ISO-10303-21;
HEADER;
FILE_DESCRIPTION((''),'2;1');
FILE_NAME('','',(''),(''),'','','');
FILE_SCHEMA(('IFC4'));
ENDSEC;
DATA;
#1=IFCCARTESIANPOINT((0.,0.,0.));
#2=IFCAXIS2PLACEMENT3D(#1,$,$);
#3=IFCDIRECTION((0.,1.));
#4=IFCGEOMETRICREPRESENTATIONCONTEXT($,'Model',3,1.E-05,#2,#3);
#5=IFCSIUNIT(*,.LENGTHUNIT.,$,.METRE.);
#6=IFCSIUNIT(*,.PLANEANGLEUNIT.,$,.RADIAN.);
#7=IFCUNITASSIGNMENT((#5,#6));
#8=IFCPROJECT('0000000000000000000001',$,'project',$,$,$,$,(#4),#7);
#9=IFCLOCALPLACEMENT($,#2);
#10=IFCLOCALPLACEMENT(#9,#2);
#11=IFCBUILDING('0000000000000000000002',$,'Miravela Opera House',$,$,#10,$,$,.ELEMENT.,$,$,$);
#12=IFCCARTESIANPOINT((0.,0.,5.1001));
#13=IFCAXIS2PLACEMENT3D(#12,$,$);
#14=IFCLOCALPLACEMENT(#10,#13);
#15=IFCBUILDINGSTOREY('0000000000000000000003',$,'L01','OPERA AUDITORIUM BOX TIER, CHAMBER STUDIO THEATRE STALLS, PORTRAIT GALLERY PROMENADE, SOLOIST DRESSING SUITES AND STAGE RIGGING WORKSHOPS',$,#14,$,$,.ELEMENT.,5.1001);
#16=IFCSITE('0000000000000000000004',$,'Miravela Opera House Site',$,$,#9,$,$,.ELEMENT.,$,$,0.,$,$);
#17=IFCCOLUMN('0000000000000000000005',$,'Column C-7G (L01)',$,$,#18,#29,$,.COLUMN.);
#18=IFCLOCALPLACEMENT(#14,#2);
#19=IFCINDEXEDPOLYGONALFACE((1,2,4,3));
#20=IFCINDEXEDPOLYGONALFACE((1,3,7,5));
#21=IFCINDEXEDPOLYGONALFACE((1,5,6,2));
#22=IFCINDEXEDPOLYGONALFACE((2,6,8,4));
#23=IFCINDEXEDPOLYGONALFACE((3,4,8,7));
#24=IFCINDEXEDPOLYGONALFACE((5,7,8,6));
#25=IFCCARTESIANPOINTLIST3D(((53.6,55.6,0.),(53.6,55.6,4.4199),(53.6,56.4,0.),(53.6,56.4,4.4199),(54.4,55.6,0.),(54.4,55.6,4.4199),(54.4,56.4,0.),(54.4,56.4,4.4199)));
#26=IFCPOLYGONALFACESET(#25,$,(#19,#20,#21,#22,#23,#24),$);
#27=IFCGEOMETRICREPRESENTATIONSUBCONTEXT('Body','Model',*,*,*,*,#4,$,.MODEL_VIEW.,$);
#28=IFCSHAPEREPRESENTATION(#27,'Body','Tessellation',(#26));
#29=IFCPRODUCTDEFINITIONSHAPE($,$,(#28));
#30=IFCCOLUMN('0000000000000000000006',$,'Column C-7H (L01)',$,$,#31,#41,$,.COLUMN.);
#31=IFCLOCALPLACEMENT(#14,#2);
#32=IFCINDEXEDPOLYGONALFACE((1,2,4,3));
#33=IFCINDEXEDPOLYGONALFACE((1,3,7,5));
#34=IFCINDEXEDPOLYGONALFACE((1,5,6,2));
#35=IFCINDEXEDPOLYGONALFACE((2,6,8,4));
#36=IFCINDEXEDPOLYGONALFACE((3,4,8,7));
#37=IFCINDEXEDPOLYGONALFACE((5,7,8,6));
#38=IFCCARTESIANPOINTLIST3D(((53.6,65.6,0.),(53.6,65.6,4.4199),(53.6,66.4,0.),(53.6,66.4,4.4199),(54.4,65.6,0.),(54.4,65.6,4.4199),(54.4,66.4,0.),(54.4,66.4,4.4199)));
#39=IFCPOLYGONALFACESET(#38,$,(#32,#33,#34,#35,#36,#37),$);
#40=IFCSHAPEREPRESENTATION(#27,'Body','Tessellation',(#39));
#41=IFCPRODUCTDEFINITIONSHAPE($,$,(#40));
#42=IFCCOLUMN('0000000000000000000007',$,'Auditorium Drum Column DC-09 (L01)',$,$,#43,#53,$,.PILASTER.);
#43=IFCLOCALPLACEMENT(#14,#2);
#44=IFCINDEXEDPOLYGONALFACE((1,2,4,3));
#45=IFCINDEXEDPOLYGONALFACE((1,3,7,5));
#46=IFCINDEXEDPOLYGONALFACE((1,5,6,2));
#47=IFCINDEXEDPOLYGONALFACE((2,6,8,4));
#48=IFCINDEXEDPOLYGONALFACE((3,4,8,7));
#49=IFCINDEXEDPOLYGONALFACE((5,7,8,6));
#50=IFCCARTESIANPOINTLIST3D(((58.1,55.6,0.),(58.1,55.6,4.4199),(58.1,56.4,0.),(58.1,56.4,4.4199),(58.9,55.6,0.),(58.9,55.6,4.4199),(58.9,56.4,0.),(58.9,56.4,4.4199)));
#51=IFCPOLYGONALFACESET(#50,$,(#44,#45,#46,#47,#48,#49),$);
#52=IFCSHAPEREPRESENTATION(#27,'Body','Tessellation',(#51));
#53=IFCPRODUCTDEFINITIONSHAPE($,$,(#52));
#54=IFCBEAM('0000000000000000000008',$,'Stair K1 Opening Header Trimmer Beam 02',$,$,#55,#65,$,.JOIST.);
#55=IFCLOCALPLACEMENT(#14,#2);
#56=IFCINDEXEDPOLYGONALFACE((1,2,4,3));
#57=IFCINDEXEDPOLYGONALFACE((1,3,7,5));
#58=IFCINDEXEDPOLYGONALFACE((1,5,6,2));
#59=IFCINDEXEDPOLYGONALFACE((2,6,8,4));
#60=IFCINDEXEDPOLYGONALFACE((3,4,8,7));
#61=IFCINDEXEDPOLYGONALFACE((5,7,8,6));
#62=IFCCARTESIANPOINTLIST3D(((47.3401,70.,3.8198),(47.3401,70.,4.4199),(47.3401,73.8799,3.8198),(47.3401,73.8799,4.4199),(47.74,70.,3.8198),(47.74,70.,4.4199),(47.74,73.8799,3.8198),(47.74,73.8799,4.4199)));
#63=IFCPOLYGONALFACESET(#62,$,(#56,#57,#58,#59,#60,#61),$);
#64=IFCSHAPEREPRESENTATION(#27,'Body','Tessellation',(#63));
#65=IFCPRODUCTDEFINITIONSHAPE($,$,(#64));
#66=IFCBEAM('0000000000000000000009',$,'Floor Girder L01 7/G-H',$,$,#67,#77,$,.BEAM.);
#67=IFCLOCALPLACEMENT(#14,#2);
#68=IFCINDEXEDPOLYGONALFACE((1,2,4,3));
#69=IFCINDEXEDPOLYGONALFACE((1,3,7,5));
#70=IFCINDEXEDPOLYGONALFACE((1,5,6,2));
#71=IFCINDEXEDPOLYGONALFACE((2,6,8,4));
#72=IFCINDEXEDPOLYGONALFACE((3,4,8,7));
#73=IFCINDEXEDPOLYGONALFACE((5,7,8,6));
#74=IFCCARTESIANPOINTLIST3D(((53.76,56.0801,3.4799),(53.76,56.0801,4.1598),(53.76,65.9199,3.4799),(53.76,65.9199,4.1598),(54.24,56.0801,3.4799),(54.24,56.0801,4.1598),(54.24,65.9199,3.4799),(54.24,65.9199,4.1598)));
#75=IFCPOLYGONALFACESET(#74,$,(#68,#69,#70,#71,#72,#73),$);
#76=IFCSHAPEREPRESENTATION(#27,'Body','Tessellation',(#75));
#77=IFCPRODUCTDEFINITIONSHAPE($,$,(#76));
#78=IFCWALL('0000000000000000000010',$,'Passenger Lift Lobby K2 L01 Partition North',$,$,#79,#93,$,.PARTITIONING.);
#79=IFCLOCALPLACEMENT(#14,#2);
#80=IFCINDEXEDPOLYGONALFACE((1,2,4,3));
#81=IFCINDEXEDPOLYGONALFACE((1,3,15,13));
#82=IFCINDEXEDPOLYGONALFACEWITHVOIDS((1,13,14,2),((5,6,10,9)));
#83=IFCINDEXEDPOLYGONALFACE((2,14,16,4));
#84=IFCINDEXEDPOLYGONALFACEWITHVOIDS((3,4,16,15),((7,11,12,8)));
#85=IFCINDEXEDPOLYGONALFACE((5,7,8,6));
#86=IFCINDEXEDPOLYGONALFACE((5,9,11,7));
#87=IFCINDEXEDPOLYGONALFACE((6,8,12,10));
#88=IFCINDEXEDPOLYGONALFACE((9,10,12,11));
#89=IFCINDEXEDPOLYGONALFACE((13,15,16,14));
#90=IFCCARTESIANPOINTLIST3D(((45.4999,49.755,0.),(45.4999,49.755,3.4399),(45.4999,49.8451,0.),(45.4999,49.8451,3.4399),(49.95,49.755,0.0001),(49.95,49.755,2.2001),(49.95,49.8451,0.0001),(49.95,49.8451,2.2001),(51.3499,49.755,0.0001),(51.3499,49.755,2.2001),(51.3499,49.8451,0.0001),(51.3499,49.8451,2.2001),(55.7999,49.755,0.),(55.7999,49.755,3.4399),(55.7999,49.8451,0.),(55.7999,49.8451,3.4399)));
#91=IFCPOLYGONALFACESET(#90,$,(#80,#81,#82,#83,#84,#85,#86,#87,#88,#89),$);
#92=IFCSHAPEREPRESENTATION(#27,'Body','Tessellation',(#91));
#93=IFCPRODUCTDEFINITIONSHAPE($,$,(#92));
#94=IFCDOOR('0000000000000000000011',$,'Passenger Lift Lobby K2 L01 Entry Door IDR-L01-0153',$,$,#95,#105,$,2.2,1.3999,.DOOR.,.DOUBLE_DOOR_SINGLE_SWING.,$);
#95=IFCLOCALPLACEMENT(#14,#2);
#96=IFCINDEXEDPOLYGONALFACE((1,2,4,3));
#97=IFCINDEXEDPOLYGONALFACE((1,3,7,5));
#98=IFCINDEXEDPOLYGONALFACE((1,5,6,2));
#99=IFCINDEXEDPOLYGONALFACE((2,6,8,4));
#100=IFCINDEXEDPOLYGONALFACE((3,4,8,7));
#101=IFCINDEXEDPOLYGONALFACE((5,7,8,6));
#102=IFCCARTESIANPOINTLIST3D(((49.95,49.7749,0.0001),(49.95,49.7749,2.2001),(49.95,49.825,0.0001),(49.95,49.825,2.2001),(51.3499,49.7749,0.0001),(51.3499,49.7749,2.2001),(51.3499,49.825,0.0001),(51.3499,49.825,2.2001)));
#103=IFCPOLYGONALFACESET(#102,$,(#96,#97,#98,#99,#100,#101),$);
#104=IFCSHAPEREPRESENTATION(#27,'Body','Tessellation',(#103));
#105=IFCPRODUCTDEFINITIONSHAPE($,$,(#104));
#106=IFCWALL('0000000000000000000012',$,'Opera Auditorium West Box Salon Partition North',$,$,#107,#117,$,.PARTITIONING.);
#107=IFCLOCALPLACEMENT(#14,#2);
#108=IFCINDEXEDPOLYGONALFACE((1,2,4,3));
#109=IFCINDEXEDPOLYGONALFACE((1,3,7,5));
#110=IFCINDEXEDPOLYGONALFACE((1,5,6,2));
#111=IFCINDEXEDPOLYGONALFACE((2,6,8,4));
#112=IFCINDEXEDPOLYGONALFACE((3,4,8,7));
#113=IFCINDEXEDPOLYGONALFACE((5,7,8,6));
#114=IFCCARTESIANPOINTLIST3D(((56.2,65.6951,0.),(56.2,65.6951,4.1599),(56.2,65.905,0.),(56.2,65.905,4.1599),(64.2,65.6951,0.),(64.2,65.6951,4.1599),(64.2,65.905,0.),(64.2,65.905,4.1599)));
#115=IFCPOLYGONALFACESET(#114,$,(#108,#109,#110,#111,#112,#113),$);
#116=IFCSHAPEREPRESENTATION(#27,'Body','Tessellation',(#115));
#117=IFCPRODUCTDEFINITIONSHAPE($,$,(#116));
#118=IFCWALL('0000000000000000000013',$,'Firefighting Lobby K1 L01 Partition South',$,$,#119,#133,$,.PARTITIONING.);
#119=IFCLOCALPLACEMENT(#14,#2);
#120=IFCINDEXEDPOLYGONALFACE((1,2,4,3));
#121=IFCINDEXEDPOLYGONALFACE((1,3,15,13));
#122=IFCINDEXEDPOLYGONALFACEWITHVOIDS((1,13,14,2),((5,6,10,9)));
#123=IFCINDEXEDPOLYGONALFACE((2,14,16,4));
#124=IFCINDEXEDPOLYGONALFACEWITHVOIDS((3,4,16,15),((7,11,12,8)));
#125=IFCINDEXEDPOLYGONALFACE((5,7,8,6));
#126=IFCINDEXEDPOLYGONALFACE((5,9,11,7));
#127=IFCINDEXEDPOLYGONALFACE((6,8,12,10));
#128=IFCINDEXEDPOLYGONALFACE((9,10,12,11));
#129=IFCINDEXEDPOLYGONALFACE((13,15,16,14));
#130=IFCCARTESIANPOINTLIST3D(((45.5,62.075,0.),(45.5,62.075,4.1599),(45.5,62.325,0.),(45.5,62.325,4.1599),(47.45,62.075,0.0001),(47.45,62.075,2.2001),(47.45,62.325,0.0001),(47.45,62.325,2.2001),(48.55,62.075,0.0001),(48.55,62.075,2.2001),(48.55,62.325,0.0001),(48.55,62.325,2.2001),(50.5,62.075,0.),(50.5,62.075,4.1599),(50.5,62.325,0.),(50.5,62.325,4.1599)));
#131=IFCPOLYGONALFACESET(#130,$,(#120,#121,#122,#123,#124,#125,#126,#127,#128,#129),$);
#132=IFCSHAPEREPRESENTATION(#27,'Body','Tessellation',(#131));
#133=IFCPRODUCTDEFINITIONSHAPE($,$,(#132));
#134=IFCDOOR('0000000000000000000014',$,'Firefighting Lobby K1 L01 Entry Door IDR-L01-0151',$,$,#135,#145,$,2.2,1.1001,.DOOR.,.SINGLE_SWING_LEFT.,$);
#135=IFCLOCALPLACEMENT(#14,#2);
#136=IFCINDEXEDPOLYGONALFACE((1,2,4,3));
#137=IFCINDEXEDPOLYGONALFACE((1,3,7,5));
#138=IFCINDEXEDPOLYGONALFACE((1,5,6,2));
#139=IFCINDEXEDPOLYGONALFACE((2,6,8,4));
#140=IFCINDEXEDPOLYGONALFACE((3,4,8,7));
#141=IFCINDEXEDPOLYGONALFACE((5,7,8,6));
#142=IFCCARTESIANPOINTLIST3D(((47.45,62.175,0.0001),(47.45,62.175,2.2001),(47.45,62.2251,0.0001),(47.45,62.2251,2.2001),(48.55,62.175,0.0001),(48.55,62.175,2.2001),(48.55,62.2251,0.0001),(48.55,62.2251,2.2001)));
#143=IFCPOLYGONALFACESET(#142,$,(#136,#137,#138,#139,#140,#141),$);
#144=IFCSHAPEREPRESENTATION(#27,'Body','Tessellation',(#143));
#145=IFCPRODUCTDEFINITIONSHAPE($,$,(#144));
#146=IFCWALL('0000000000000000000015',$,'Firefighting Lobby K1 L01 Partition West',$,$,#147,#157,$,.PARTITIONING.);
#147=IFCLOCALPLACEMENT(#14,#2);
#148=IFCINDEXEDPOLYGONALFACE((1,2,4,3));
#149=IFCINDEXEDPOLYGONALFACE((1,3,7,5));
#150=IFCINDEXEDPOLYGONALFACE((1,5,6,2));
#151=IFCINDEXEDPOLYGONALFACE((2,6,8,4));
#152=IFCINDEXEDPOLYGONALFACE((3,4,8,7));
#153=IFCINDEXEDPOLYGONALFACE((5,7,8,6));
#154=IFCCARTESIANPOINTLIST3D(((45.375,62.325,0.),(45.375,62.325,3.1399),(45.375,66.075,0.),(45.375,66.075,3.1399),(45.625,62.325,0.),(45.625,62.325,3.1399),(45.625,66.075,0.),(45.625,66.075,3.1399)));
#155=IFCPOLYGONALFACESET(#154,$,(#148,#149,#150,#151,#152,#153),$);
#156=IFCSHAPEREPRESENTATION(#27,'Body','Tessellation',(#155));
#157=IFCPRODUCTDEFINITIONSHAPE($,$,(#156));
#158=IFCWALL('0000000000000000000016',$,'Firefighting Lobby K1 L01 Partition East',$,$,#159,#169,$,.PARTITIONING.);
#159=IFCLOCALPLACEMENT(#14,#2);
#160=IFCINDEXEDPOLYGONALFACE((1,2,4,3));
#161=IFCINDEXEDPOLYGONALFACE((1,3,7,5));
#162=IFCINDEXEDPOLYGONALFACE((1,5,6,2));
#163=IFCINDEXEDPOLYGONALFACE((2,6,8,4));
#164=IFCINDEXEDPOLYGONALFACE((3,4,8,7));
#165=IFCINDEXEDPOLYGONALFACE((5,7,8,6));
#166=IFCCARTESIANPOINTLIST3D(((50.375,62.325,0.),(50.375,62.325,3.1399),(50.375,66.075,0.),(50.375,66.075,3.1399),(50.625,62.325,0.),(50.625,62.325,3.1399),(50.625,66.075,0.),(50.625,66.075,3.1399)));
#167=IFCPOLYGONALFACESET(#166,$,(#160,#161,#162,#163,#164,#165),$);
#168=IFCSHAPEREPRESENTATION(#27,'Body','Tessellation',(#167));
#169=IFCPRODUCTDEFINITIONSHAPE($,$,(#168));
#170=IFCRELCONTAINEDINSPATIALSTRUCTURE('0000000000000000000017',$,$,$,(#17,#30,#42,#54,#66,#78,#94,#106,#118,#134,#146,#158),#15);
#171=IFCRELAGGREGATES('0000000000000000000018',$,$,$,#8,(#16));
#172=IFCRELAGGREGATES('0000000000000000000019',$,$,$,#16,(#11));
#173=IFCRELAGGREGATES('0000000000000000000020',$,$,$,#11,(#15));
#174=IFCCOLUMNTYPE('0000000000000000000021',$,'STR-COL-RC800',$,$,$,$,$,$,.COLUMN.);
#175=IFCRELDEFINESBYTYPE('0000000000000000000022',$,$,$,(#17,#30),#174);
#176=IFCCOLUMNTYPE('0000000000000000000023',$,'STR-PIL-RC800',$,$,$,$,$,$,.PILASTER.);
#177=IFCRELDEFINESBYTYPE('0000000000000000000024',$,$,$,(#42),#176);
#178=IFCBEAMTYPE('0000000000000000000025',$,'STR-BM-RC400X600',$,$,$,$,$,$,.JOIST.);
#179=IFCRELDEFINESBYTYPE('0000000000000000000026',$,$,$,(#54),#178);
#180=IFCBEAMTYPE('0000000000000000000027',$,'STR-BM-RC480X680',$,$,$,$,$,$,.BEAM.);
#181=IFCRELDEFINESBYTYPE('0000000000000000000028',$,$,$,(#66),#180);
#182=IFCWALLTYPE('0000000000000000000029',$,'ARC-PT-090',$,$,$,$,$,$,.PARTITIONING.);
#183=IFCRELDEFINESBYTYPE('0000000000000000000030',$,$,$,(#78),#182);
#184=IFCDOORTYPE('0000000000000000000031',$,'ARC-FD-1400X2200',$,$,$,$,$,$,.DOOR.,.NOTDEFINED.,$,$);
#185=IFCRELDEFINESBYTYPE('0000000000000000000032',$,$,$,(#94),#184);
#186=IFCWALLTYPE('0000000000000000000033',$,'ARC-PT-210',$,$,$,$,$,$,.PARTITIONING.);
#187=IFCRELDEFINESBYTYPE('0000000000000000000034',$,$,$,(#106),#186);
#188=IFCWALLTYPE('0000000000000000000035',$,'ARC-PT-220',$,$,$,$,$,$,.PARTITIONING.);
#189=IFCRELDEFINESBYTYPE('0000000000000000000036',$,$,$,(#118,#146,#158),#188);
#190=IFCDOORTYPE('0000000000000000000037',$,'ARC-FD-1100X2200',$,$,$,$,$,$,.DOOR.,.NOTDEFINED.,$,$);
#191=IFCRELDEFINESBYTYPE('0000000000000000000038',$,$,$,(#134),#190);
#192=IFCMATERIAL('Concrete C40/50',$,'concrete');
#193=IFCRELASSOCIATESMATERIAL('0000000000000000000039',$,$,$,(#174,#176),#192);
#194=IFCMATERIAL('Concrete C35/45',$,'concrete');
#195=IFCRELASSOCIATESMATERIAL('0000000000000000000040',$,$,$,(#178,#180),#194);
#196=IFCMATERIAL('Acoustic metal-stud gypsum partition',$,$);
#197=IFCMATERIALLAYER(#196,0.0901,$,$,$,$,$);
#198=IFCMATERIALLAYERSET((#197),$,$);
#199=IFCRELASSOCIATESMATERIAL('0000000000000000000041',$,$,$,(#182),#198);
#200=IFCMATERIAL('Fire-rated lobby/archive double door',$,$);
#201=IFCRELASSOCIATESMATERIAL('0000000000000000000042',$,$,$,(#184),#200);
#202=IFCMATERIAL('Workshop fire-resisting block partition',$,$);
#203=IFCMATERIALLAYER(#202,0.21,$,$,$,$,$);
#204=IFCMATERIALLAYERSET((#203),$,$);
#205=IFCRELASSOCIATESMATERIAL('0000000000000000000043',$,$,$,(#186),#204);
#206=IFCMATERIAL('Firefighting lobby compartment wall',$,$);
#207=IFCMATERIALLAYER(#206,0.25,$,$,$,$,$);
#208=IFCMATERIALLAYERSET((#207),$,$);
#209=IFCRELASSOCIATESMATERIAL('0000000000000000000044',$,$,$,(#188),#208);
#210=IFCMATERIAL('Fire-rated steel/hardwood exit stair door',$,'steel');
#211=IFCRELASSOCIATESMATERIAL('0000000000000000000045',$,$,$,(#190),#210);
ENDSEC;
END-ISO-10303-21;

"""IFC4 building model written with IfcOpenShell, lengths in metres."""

from ifc_helpers import new_model, si_unit, direction, frame, frame_2d, origin, origin_2d, place, context, subcontext, project, spatial, rectangle, extrude, material, layer, layer_set, material_profile, profile_set, type_object, element, fill, save


model = new_model("IFC4")

# Units and contexts
model_context = context("Model", 3, precision=1e-05, world=origin(), true_north=direction((0.0, 1.0)))
body_context = subcontext(model_context, "Body", "Model", "MODEL_VIEW")
ifc_project = project(units=[si_unit("LENGTHUNIT", "METRE"), si_unit("PLANEANGLEUNIT", "RADIAN")], contexts=[model_context])

# Site, building, storey
site_placement = place(None, origin())
site = spatial("IfcSite", under=ifc_project, at=site_placement, Name="Miravela Opera House Site", CompositionType="ELEMENT", RefElevation=0.0)
building_placement = place(site_placement, origin())
building = spatial("IfcBuilding", under=site, at=building_placement, Name="Miravela Opera House", CompositionType="ELEMENT")
storey_placement = place(building_placement, frame((0.0, 0.0, 5.1001)))
storey = spatial("IfcBuildingStorey", under=building, at=storey_placement, Name="L01", Description="OPERA AUDITORIUM BOX TIER, CHAMBER STUDIO THEATRE STALLS, PORTRAIT GALLERY PROMENADE, SOLOIST DRESSING SUITES AND STAGE RIGGING WORKSHOPS", CompositionType="ELEMENT", Elevation=5.1001)

# Columns
ifc_material_1 = material(Name="Concrete C40/50", Category="concrete")
ifc_material_profile_1 = material_profile(ifc_material_1, rectangle(XDim=0.8, YDim=0.8, at=origin_2d()), Name="RC-COL-800X800")
ifc_profile_set_1 = profile_set([ifc_material_profile_1])
column_type_1 = type_object("IfcColumnType", Name="STR-COL-RC800", PredefinedType="COLUMN", material=ifc_profile_set_1)
for number, where, z_axis, x_axis, name in (
    (1, (54.0, 56.0, 0.0), (0.0, 0.0, 1.0), (1.0, 0.0, 0.0), "Column C-7G (L01)"),
    (2, (54.0, 66.0, 0.0), (0.0, 0.0, 1.0), (1.0, 0.0, 0.0), "Column C-7H (L01)"),
):
    element("IfcColumn", number, at=place(storey_placement, frame(where, z_axis=z_axis, x_axis=x_axis)), inside=storey, type_object=column_type_1, Name=name, PredefinedType="COLUMN", context=body_context, shape_type="SweptSolid", body=[
        extrude(rectangle(XDim=0.8, YDim=0.8, at=origin_2d()), origin(), (0.0, 0.0, 1.0), 4.4199),
    ])
ifc_material_profile_2 = material_profile(ifc_material_1, rectangle(XDim=0.8, YDim=0.8, at=origin_2d()), Name="RC-COL-800X800")
ifc_profile_set_2 = profile_set([ifc_material_profile_2])
column_type_2 = type_object("IfcColumnType", Name="STR-PIL-RC800", PredefinedType="PILASTER", material=ifc_profile_set_2)
column_placement = place(storey_placement, frame((58.5, 56.0, 0.0), z_axis=(0.0, 0.0, 1.0), x_axis=(-1.0, 0.0, 0.0)))
element("IfcColumn", 3, at=column_placement, inside=storey, type_object=column_type_2, Name="Auditorium Drum Column DC-09 (L01)", PredefinedType="PILASTER", context=body_context, shape_type="SweptSolid", body=[
    extrude(rectangle(XDim=0.8, YDim=0.8, at=origin_2d()), origin(), (0.0, 0.0, 1.0), 4.4199),
])

# Beams
ifc_material_2 = material(Name="Concrete C35/45", Category="concrete")
ifc_material_profile_3 = material_profile(ifc_material_2, rectangle(XDim=0.3999, YDim=0.6001, at=origin_2d()), Name="RC-BM-400X600")
ifc_profile_set_3 = profile_set([ifc_material_profile_3])
beam_type_1 = type_object("IfcBeamType", Name="STR-BM-RC400X600", PredefinedType="JOIST", material=ifc_profile_set_3)
beam_1_placement = place(storey_placement, frame((47.54, 70.0, 4.1199), z_axis=(0.0, 1.0, 0.0), x_axis=(-1.0, 0.0, 0.0)))
element("IfcBeam", 4, at=beam_1_placement, inside=storey, type_object=beam_type_1, Name="Stair K1 Opening Header Trimmer Beam 02", PredefinedType="JOIST", context=body_context, shape_type="SweptSolid", body=[
    extrude(rectangle(XDim=0.3999, YDim=0.6001, at=origin_2d()), origin(), (0.0, 0.0, 1.0), 3.8799),
])
ifc_material_profile_4 = material_profile(ifc_material_2, rectangle(XDim=0.48, YDim=0.6799, at=origin_2d()), Name="RC-BM-480X680")
ifc_profile_set_4 = profile_set([ifc_material_profile_4])
beam_type_2 = type_object("IfcBeamType", Name="STR-BM-RC480X680", PredefinedType="BEAM", material=ifc_profile_set_4)
beam_2_placement = place(storey_placement, frame((54.0, 56.0801, 3.8198), z_axis=(0.0, 1.0, 0.0), x_axis=(-1.0, 0.0, 0.0)))
element("IfcBeam", 5, at=beam_2_placement, inside=storey, type_object=beam_type_2, Name="Floor Girder L01 7/G-H", PredefinedType="BEAM", context=body_context, shape_type="SweptSolid", body=[
    extrude(rectangle(XDim=0.48, YDim=0.6799, at=origin_2d()), origin(), (0.0, 0.0, 1.0), 9.8398),
])

# Wall, opening, door
ifc_material_3 = material(Name="Acoustic metal-stud gypsum partition")
ifc_layer_1 = layer(ifc_material_3, 0.0901)
ifc_layer_set_1 = layer_set([ifc_layer_1])
wall_type_1 = type_object("IfcWallType", Name="ARC-PT-090", PredefinedType="PARTITIONING", material=ifc_layer_set_1)
wall_1_placement = place(storey_placement, frame((45.5, 49.8, 0.0), z_axis=(0.0, 0.0, 1.0), x_axis=(1.0, 0.0, 0.0)))
wall_1 = element("IfcWall", 6, at=wall_1_placement, inside=storey, type_object=wall_type_1, Name="Passenger Lift Lobby K2 L01 Partition North", PredefinedType="PARTITIONING", context=body_context, shape_type="SweptSolid", body=[
    extrude(rectangle(XDim=10.3, YDim=0.0901, at=frame_2d((5.1499, 0.0))), origin(), (0.0, 0.0, 1.0), 3.4399),
])
opening_1_placement = place(wall_1_placement, frame((4.45, 0.0, 0.0)))
opening_1 = element("IfcOpeningElement", 7, at=opening_1_placement, cuts=wall_1, PredefinedType="OPENING", context=body_context, shape_type="SweptSolid", body=[
    extrude(rectangle(XDim=1.3999, YDim=2.2, at=frame_2d((0.7, 1.1001))), frame((0.0, 0.0549, 0.0), z_axis=(0.0, -1.0, 0.0), x_axis=(1.0, 0.0, 0.0)), (0.0, 0.0, 1.0), 0.1101),
])
ifc_material_4 = material(Name="Fire-rated lobby/archive double door")
door_type_1 = type_object("IfcDoorType", Name="ARC-FD-1400X2200", OperationType="NOTDEFINED", PredefinedType="DOOR", material=ifc_material_4)
door_1_placement = place(opening_1_placement, origin())
door_1 = element("IfcDoor", 8, at=door_1_placement, inside=storey, type_object=door_type_1, Name="Passenger Lift Lobby K2 L01 Entry Door IDR-L01-0153", OperationType="DOUBLE_DOOR_SINGLE_SWING", OverallHeight=2.2, OverallWidth=1.3999, PredefinedType="DOOR", context=body_context, shape_type="SweptSolid", body=[
    extrude(rectangle(XDim=1.3999, YDim=2.2, at=frame_2d((0.7, 1.1001))), frame((0.0, 0.0249, 0.0), z_axis=(0.0, -1.0, 0.0), x_axis=(1.0, 0.0, 0.0)), (0.0, 0.0, 1.0), 0.05),
])
fill(opening_1, door_1)

# Wall
ifc_material_5 = material(Name="Workshop fire-resisting block partition")
ifc_layer_2 = layer(ifc_material_5, 0.21)
ifc_layer_set_2 = layer_set([ifc_layer_2])
wall_type_2 = type_object("IfcWallType", Name="ARC-PT-210", PredefinedType="PARTITIONING", material=ifc_layer_set_2)
wall_2_placement = place(storey_placement, frame((56.2, 65.8, 0.0), z_axis=(0.0, 0.0, 1.0), x_axis=(1.0, 0.0, 0.0)))
element("IfcWall", 9, at=wall_2_placement, inside=storey, type_object=wall_type_2, Name="Opera Auditorium West Box Salon Partition North", PredefinedType="PARTITIONING", context=body_context, shape_type="SweptSolid", body=[
    extrude(rectangle(XDim=8.0, YDim=0.21, at=frame_2d((4.0, 0.0))), origin(), (0.0, 0.0, 1.0), 4.1599),
])

# Wall, opening, door
ifc_material_6 = material(Name="Firefighting lobby compartment wall")
ifc_layer_3 = layer(ifc_material_6, 0.25)
ifc_layer_set_3 = layer_set([ifc_layer_3])
wall_type_3 = type_object("IfcWallType", Name="ARC-PT-220", PredefinedType="PARTITIONING", material=ifc_layer_set_3)
wall_3_placement = place(storey_placement, frame((45.5, 62.2, 0.0), z_axis=(0.0, 0.0, 1.0), x_axis=(1.0, 0.0, 0.0)))
wall_3 = element("IfcWall", 10, at=wall_3_placement, inside=storey, type_object=wall_type_3, Name="Firefighting Lobby K1 L01 Partition South", PredefinedType="PARTITIONING", context=body_context, shape_type="SweptSolid", body=[
    extrude(rectangle(XDim=5.0, YDim=0.25, at=frame_2d((2.5, 0.0))), origin(), (0.0, 0.0, 1.0), 4.1599),
])
opening_2_placement = place(wall_3_placement, frame((1.95, 0.0, 0.0)))
opening_2 = element("IfcOpeningElement", 11, at=opening_2_placement, cuts=wall_3, PredefinedType="OPENING", context=body_context, shape_type="SweptSolid", body=[
    extrude(rectangle(XDim=1.1001, YDim=2.2, at=frame_2d((0.55, 1.1001))), frame((0.0, 0.135, 0.0), z_axis=(0.0, -1.0, 0.0), x_axis=(1.0, 0.0, 0.0)), (0.0, 0.0, 1.0), 0.27),
])
ifc_material_7 = material(Name="Fire-rated steel/hardwood exit stair door", Category="steel")
door_type_2 = type_object("IfcDoorType", Name="ARC-FD-1100X2200", OperationType="NOTDEFINED", PredefinedType="DOOR", material=ifc_material_7)
door_2_placement = place(opening_2_placement, frame((1.1001, 0.0, 0.0), z_axis=(0.0, 0.0, 1.0), x_axis=(-1.0, 0.0, 0.0)))
door_2 = element("IfcDoor", 12, at=door_2_placement, inside=storey, type_object=door_type_2, Name="Firefighting Lobby K1 L01 Entry Door IDR-L01-0151", OperationType="SINGLE_SWING_LEFT", OverallHeight=2.2, OverallWidth=1.1001, PredefinedType="DOOR", context=body_context, shape_type="SweptSolid", body=[
    extrude(rectangle(XDim=1.1001, YDim=2.2, at=frame_2d((0.55, 1.1001))), frame((0.0, 0.0249, 0.0), z_axis=(0.0, -1.0, 0.0), x_axis=(1.0, 0.0, 0.0)), (0.0, 0.0, 1.0), 0.05),
])
fill(opening_2, door_2)

# Walls
for number, where, z_axis, x_axis, name in (
    (13, (45.5, 62.325, 0.0), (0.0, 0.0, 1.0), (0.0, 1.0, 0.0), "Firefighting Lobby K1 L01 Partition West"),
    (14, (50.5, 62.325, 0.0), (0.0, 0.0, 1.0), (0.0, 1.0, 0.0), "Firefighting Lobby K1 L01 Partition East"),
):
    element("IfcWall", number, at=place(storey_placement, frame(where, z_axis=z_axis, x_axis=x_axis)), inside=storey, type_object=wall_type_3, Name=name, PredefinedType="PARTITIONING", context=body_context, shape_type="SweptSolid", body=[
        extrude(rectangle(XDim=3.75, YDim=0.25, at=frame_2d((1.875, 0.0))), origin(), (0.0, 0.0, 1.0), 3.1399),
    ])

save(model, "model.ifc")
